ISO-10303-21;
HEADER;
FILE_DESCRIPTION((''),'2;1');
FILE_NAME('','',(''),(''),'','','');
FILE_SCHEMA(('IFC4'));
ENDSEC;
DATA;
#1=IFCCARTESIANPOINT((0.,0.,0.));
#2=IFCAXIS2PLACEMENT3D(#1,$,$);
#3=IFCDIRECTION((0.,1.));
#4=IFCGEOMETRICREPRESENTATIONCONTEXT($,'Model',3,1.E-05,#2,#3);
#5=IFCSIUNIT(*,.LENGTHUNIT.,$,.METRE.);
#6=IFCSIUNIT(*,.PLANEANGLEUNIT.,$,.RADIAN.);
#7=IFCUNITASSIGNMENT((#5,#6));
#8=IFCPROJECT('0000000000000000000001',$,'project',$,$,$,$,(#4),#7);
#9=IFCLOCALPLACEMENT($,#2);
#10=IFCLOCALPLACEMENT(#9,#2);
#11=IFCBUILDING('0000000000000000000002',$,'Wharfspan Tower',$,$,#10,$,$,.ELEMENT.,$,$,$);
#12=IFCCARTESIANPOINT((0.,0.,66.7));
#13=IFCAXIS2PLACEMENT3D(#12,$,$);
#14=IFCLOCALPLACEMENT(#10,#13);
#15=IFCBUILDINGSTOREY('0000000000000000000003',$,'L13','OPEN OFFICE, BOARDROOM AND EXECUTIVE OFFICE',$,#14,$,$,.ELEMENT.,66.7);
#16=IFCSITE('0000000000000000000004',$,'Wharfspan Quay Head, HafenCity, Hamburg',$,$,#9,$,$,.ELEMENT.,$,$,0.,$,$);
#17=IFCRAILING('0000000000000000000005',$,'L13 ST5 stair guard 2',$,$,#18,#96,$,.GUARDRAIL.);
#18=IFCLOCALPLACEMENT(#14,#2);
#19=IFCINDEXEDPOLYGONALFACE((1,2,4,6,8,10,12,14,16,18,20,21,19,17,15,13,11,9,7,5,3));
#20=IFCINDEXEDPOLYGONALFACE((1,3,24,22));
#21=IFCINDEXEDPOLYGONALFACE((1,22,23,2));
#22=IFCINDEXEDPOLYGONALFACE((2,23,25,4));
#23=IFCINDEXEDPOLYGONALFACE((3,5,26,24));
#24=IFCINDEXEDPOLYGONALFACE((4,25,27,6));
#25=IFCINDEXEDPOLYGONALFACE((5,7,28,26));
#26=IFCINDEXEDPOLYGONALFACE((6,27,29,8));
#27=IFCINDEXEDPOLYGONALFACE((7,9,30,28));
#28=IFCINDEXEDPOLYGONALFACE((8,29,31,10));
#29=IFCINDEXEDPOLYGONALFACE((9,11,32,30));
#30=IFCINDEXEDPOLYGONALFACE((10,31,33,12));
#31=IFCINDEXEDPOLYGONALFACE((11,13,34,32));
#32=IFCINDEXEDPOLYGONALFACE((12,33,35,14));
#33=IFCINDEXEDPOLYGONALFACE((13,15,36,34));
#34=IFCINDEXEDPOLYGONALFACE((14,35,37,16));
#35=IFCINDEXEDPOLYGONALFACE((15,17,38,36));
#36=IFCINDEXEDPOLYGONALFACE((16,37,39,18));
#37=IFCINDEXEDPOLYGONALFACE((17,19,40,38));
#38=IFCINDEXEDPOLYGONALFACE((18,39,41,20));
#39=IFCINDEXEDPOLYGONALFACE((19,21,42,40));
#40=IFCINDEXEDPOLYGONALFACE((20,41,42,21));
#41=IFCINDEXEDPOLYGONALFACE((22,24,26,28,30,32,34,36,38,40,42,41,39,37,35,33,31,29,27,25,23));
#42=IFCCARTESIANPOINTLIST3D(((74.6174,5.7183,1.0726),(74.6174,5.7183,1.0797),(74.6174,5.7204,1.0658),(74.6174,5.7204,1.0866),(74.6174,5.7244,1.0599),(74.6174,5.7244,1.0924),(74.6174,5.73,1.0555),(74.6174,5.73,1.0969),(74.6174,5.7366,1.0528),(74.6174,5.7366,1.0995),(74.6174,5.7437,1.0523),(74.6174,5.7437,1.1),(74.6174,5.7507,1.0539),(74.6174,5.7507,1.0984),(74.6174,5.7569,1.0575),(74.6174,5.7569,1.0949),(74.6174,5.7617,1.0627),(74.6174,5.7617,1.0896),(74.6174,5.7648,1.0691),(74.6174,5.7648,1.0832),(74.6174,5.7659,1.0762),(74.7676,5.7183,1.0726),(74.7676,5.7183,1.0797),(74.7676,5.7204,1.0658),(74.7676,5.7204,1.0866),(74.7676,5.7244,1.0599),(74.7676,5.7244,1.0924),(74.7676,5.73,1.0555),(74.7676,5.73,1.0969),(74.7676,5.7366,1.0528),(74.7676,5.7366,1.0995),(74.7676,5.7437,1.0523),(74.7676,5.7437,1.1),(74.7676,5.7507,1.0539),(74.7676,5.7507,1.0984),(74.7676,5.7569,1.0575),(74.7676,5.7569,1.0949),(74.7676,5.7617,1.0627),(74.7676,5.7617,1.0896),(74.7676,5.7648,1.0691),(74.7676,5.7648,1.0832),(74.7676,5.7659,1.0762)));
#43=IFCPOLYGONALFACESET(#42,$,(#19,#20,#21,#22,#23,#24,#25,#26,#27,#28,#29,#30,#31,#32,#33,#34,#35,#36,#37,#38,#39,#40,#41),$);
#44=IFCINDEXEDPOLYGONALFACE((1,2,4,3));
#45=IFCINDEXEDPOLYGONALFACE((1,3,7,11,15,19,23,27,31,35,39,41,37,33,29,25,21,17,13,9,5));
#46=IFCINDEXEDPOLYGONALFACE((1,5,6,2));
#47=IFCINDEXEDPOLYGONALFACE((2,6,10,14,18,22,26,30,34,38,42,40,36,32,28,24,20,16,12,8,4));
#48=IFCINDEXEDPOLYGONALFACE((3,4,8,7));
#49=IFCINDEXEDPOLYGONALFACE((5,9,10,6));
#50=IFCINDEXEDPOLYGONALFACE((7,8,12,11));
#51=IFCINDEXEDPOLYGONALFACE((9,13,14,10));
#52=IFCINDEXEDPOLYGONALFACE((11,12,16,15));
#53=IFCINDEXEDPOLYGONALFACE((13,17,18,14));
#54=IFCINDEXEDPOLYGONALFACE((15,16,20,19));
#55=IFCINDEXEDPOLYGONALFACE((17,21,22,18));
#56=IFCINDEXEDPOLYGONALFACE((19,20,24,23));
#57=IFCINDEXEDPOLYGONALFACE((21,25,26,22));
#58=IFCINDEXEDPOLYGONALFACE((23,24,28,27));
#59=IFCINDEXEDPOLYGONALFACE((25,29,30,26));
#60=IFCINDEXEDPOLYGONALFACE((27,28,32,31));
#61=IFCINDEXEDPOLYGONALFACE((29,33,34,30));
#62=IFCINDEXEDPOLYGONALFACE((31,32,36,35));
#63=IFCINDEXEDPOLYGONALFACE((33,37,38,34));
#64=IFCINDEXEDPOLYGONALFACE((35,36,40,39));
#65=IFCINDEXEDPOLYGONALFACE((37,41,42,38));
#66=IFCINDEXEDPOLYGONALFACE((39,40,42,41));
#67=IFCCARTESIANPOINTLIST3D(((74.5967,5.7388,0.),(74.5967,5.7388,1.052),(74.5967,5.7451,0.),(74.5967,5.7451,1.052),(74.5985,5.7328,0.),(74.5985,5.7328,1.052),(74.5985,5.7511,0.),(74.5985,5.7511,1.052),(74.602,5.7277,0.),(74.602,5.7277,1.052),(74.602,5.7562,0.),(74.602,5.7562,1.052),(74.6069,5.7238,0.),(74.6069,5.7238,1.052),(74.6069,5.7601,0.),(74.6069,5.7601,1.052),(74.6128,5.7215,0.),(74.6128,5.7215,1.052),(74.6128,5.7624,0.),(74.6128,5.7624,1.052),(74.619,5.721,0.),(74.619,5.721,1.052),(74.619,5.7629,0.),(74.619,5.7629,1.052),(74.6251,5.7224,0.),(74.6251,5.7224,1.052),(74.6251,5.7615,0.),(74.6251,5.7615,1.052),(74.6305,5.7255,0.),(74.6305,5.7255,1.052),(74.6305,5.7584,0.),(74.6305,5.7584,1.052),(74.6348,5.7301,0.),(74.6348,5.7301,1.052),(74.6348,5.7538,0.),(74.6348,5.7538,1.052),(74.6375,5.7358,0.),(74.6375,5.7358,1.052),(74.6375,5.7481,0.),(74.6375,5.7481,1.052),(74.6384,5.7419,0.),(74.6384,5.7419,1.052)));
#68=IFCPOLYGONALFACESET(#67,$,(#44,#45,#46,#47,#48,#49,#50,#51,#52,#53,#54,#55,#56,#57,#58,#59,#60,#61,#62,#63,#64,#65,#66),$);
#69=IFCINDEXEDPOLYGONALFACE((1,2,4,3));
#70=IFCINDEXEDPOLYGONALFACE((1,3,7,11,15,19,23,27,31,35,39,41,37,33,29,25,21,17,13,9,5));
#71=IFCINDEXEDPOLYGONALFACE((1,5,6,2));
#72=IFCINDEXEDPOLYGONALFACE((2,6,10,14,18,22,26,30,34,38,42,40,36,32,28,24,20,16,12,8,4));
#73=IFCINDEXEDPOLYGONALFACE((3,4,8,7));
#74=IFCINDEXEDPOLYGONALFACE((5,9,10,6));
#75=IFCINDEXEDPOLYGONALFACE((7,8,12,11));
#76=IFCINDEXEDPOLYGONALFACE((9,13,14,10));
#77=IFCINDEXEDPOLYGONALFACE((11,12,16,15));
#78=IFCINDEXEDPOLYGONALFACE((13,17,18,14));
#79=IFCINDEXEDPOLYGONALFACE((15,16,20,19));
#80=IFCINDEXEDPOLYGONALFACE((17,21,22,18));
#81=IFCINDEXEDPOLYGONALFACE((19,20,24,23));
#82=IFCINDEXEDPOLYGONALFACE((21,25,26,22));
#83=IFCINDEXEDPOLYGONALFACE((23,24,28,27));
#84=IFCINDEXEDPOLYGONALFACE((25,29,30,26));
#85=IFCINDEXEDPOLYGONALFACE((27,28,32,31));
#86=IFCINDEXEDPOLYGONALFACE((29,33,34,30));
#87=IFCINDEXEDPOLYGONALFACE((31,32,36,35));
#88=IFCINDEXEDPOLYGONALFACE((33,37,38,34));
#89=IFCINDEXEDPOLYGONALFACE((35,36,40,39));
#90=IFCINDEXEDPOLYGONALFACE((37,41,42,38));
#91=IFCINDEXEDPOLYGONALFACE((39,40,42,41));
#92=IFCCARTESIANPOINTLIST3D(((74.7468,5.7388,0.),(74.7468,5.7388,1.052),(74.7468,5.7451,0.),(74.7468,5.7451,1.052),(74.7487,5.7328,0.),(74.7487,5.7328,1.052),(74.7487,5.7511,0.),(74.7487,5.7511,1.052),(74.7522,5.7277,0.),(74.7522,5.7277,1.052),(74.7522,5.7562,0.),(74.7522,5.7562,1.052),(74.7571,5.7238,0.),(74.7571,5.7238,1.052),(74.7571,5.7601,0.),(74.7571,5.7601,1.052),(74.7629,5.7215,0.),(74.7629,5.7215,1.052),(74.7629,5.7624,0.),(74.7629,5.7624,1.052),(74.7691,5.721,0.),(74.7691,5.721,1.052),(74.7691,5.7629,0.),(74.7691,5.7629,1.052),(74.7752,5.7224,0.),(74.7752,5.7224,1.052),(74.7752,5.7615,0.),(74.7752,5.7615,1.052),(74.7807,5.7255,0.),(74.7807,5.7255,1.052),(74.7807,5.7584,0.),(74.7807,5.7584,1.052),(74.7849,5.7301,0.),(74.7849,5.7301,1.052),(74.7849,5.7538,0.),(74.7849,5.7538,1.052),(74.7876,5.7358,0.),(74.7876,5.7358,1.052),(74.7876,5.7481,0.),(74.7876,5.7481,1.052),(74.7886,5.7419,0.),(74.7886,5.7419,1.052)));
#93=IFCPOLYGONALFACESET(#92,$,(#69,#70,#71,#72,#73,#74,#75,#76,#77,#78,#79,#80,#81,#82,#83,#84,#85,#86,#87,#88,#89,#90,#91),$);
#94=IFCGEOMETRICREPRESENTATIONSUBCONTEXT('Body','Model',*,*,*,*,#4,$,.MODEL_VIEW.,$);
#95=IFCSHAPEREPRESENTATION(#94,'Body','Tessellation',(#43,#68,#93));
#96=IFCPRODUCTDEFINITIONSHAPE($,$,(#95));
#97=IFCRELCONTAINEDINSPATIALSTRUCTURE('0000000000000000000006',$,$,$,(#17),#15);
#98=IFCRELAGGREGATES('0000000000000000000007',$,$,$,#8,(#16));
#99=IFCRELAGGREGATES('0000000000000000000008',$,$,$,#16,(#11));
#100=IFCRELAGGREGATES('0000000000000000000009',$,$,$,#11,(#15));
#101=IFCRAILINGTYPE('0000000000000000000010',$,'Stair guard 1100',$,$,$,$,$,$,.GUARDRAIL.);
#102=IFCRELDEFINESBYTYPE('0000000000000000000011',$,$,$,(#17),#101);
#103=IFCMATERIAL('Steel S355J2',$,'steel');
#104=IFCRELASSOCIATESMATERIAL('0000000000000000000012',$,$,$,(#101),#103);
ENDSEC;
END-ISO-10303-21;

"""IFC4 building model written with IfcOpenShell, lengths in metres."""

from ifc_helpers import new_model, si_unit, direction, frame, origin, origin_2d, place, context, subcontext, project, spatial, circle, extrude, material, type_object, element, save


model = new_model("IFC4")

# Units and contexts
model_context = context("Model", 3, precision=1e-05, world=origin(), true_north=direction((0.0, 1.0)))
body_context = subcontext(model_context, "Body", "Model", "MODEL_VIEW")
ifc_project = project(units=[si_unit("LENGTHUNIT", "METRE"), si_unit("PLANEANGLEUNIT", "RADIAN")], contexts=[model_context])

# Site, building, storey
site_placement = place(None, origin())
site = spatial("IfcSite", under=ifc_project, at=site_placement, Name="Wharfspan Quay Head, HafenCity, Hamburg", CompositionType="ELEMENT", RefElevation=0.0)
building_placement = place(site_placement, origin())
building = spatial("IfcBuilding", under=site, at=building_placement, Name="Wharfspan Tower", CompositionType="ELEMENT")
storey_placement = place(building_placement, frame((0.0, 0.0, 66.7)))
storey = spatial("IfcBuildingStorey", under=building, at=storey_placement, Name="L13", Description="OPEN OFFICE, BOARDROOM AND EXECUTIVE OFFICE", CompositionType="ELEMENT", Elevation=66.7)

# Shared definitions
ifc_material_1 = material(Name="Steel S355J2", Category="steel")

# Railing
railing_type_1 = type_object("IfcRailingType", Name="Stair guard 1100", PredefinedType="GUARDRAIL", material=ifc_material_1)
railing_1_placement = place(storey_placement, frame((74.6174, 5.7419, 0.0)))
element("IfcRailing", 1, at=railing_1_placement, inside=storey, type_object=railing_type_1, Name="L13 ST5 stair guard 2", PredefinedType="GUARDRAIL", context=body_context, shape_type="SweptSolid", body=[
    extrude(circle(Radius=0.0239, at=origin_2d()), frame((0.0, 0.0, 1.0762), z_axis=(1.0, 0.0, 0.0), x_axis=(0.0, 1.0, 0.0)), (0.0, 0.0, 1.0), 0.1501),
    extrude(circle(Radius=0.021, at=origin_2d()), origin(), (0.0, 0.0, 1.0), 1.052),
    extrude(circle(Radius=0.021, at=origin_2d()), frame((0.1501, 0.0, 0.0)), (0.0, 0.0, 1.0), 1.052),
])

save(model, "model.ifc")
